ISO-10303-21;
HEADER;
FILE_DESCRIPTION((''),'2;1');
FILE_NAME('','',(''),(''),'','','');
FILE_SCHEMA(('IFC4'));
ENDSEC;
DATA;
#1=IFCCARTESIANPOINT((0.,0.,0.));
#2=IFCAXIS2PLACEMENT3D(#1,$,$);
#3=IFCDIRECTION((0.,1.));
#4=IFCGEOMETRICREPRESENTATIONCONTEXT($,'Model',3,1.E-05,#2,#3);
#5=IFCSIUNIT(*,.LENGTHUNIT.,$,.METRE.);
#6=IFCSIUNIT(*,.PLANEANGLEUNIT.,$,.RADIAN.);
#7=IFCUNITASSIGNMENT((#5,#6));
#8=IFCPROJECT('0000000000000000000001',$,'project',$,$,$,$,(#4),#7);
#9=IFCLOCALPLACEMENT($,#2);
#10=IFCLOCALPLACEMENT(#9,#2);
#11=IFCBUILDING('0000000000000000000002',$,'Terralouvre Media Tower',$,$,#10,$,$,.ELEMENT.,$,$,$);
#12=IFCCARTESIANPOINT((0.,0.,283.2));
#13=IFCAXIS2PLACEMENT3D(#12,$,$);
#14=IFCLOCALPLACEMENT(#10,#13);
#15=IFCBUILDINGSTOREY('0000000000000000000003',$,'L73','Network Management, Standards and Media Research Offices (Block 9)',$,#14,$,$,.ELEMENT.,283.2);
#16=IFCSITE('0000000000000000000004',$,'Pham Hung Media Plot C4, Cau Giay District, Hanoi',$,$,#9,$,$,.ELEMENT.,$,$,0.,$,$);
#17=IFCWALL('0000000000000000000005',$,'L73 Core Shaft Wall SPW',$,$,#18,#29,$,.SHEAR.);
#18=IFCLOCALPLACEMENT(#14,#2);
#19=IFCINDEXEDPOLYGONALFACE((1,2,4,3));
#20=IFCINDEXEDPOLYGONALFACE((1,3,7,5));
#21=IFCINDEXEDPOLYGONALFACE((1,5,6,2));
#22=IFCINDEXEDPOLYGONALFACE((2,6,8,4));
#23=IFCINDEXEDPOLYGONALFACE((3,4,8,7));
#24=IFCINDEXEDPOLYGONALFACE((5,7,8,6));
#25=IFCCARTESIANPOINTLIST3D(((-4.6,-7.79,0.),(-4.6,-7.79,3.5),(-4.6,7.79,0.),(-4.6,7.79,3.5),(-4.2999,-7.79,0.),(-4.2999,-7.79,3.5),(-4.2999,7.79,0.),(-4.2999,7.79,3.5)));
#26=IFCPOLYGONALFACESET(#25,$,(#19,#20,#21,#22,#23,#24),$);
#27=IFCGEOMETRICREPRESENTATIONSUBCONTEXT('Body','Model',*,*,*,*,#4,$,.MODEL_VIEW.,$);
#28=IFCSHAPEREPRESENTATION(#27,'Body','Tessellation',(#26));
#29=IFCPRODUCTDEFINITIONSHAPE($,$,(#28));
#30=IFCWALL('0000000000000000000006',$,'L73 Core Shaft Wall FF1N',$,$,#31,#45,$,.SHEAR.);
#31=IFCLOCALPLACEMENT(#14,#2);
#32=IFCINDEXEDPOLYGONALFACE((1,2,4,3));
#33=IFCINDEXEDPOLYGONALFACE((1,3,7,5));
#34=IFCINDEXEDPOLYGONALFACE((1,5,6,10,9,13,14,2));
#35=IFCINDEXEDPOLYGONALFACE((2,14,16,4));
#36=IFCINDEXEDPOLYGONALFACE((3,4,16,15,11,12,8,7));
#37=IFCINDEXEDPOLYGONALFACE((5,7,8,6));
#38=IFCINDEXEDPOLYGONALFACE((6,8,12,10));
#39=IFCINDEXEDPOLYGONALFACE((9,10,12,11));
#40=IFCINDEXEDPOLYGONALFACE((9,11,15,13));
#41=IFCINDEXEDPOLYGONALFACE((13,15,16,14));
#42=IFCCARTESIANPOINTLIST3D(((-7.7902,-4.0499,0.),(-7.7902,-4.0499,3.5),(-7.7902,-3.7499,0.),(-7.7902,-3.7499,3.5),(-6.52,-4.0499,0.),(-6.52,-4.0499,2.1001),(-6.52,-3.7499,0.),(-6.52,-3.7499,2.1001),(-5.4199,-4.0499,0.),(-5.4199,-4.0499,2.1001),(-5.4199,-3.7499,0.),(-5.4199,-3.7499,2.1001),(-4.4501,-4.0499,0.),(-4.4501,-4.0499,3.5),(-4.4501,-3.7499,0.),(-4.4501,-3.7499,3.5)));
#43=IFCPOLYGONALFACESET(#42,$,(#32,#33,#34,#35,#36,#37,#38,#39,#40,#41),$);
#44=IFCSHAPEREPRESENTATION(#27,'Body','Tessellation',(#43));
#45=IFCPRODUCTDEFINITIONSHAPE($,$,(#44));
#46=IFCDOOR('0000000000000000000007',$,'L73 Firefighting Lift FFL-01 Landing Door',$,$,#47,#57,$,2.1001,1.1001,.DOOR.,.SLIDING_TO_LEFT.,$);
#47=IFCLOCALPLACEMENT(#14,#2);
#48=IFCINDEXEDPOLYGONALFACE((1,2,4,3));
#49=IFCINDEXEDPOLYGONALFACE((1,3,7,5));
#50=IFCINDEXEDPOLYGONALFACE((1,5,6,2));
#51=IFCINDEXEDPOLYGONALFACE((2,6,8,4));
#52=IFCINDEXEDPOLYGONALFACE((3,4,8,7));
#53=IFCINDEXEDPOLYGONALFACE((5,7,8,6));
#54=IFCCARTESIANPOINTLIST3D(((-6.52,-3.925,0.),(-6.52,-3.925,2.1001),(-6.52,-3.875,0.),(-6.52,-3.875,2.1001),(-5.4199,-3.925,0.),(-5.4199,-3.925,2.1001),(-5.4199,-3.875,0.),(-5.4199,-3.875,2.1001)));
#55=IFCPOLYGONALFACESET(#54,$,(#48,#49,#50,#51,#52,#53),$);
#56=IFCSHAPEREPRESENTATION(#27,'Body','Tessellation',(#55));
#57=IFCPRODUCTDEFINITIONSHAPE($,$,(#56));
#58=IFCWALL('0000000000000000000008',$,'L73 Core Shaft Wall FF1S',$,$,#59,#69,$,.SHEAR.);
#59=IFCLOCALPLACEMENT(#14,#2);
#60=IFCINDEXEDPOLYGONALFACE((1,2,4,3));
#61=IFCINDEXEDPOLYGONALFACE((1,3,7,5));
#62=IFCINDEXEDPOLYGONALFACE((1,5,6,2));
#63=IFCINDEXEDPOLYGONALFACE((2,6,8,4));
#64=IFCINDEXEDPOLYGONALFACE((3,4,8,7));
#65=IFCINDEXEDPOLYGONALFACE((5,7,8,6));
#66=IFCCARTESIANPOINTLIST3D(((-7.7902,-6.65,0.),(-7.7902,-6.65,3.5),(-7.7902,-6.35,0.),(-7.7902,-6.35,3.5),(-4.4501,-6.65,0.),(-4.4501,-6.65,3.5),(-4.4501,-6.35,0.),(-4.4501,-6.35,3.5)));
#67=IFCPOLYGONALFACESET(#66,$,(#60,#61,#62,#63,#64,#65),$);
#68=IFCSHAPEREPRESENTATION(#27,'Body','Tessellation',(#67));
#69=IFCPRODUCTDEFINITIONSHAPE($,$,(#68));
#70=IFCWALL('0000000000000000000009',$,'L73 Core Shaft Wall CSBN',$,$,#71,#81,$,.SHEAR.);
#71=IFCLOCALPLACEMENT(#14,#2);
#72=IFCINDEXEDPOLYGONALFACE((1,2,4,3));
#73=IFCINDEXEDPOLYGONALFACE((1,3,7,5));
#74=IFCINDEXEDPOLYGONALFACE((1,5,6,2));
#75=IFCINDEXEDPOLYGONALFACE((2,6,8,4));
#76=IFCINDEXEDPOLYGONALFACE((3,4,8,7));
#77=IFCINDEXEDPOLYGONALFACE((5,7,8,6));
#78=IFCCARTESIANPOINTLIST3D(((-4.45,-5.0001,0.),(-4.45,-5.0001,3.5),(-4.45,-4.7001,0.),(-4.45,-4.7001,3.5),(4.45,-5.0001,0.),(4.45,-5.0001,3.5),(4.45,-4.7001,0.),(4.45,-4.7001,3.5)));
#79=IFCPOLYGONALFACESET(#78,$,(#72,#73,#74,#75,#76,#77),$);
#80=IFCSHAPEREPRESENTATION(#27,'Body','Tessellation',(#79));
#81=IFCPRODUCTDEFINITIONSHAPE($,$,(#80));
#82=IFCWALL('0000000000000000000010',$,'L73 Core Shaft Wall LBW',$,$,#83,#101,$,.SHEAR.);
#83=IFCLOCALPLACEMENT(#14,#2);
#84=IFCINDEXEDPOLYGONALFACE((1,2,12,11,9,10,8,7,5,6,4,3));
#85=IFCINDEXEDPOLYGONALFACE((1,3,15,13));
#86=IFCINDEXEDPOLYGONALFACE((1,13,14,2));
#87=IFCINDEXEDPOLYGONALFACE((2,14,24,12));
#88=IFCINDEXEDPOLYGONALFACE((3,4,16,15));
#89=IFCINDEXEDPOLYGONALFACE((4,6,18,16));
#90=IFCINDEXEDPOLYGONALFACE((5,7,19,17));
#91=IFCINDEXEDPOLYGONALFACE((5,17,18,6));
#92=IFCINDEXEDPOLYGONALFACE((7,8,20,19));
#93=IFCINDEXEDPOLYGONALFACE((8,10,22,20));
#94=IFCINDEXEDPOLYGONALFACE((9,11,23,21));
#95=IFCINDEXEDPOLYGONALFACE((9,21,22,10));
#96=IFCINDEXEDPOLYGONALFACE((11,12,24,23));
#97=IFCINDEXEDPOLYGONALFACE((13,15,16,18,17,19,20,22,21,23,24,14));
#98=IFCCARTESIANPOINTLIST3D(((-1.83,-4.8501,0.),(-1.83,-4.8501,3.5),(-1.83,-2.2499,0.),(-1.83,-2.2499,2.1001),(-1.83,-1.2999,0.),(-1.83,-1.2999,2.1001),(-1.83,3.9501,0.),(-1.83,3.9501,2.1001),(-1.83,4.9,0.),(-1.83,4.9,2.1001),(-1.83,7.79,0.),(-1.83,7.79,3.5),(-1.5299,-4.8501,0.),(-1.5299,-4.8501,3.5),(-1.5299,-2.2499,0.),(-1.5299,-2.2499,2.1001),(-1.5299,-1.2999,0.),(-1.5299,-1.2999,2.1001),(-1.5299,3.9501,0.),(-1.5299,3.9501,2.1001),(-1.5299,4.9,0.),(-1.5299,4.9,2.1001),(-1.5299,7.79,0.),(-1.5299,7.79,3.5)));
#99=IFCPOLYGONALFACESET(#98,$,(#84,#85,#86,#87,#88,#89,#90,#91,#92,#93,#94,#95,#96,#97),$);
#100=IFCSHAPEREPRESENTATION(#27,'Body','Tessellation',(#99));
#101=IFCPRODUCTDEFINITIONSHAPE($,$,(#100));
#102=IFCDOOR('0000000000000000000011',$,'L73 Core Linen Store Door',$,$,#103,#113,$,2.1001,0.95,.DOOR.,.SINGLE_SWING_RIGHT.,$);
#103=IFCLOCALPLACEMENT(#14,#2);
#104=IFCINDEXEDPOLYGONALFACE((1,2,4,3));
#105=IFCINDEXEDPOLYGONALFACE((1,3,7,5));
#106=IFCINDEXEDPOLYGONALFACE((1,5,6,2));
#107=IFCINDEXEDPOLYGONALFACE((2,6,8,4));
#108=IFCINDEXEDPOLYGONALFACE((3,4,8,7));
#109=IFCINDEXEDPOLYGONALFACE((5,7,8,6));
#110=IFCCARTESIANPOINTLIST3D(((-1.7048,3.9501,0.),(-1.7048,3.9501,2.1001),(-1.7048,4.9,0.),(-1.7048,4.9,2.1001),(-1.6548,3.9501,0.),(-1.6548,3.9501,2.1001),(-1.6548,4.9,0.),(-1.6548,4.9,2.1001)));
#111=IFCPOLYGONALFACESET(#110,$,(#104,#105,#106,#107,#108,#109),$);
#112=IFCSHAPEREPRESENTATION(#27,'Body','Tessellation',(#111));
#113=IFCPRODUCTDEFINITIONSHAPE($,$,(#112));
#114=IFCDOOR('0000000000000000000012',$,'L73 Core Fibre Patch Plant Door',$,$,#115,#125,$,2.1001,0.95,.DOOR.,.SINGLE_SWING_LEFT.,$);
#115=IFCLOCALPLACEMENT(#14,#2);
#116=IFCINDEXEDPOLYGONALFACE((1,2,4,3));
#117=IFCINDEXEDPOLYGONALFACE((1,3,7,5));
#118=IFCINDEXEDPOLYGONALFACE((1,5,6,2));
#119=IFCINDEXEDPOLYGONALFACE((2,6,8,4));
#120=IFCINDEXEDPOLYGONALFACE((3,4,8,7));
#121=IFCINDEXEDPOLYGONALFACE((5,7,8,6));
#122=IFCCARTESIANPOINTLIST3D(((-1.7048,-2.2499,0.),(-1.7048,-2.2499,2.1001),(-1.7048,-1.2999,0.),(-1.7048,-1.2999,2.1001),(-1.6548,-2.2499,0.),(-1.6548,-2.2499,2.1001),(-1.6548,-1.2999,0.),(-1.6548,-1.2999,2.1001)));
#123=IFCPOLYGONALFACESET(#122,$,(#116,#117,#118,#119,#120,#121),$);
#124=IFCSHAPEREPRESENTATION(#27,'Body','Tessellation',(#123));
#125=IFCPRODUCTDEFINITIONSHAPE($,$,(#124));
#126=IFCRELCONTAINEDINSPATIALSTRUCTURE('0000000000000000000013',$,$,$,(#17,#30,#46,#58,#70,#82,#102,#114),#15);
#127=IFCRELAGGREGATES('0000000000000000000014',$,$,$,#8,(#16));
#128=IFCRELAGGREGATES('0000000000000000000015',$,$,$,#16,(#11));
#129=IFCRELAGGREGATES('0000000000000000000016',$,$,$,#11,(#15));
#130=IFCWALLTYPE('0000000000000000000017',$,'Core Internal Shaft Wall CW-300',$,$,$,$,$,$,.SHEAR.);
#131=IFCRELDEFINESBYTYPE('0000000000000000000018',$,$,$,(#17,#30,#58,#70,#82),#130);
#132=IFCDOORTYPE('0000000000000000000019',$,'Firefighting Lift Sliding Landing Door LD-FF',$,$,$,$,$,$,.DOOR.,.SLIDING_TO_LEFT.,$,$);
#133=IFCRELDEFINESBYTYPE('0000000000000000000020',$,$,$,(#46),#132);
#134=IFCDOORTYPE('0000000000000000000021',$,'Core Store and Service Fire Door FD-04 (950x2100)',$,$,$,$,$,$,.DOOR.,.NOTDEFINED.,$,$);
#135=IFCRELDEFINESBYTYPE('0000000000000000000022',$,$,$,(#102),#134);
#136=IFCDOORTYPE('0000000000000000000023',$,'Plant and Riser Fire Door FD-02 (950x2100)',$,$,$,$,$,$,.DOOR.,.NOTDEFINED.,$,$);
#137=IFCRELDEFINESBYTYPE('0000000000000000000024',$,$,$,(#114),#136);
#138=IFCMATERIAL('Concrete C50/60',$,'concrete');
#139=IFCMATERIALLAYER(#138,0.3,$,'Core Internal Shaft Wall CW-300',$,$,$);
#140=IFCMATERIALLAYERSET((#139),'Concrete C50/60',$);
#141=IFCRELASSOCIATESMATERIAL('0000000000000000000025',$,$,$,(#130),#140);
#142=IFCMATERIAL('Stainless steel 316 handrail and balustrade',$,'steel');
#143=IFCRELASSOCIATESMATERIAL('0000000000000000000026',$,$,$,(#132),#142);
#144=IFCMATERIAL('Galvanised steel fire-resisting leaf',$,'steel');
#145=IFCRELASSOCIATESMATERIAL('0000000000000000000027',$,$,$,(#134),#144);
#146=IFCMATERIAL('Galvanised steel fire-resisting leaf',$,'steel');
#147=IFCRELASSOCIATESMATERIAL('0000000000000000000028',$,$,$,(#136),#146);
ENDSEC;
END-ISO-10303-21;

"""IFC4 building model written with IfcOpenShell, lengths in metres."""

from ifc_helpers import new_model, si_unit, direction, frame, frame_2d, origin, place, context, subcontext, project, spatial, rectangle, extrude, material, layer, layer_set, type_object, element, fill, save


model = new_model("IFC4")

# Units and contexts
model_context = context("Model", 3, precision=1e-05, world=origin(), true_north=direction((0.0, 1.0)))
body_context = subcontext(model_context, "Body", "Model", "MODEL_VIEW")
ifc_project = project(units=[si_unit("LENGTHUNIT", "METRE"), si_unit("PLANEANGLEUNIT", "RADIAN")], contexts=[model_context])

# Site, building, storey
site_placement = place(None, origin())
site = spatial("IfcSite", under=ifc_project, at=site_placement, Name="Pham Hung Media Plot C4, Cau Giay District, Hanoi", CompositionType="ELEMENT", RefElevation=0.0)
building_placement = place(site_placement, origin())
building = spatial("IfcBuilding", under=site, at=building_placement, Name="Terralouvre Media Tower", CompositionType="ELEMENT")
storey_placement = place(building_placement, frame((0.0, 0.0, 283.2)))
storey = spatial("IfcBuildingStorey", under=building, at=storey_placement, Name="L73", Description="Network Management, Standards and Media Research Offices (Block 9)", CompositionType="ELEMENT", Elevation=283.2)

# Wall
ifc_material_1 = material(Name="Concrete C50/60", Category="concrete")
ifc_layer_1 = layer(ifc_material_1, 0.3, Name="Core Internal Shaft Wall CW-300")
ifc_layer_set_1 = layer_set([ifc_layer_1], Name="Concrete C50/60")
wall_type_1 = type_object("IfcWallType", Name="Core Internal Shaft Wall CW-300", PredefinedType="SHEAR", material=ifc_layer_set_1)
wall_1_placement = place(storey_placement, frame((-4.45, -7.79, 0.0), z_axis=(0.0, 0.0, 1.0), x_axis=(0.0, 1.0, 0.0)))
element("IfcWall", 1, at=wall_1_placement, inside=storey, type_object=wall_type_1, Name="L73 Core Shaft Wall SPW", PredefinedType="SHEAR", context=body_context, shape_type="SweptSolid", body=[
    extrude(rectangle(XDim=15.5801, YDim=0.3, at=frame_2d((7.79, 0.0))), origin(), (0.0, 0.0, 1.0), 3.5),
])

# Wall, opening, door
wall_2_placement = place(storey_placement, frame((-7.79, -3.8999, 0.0), z_axis=(0.0, 0.0, 1.0), x_axis=(1.0, 0.0, 0.0)))
wall_2 = element("IfcWall", 2, at=wall_2_placement, inside=storey, type_object=wall_type_1, Name="L73 Core Shaft Wall FF1N", PredefinedType="SHEAR", context=body_context, shape_type="SweptSolid", body=[
    extrude(rectangle(XDim=3.3401, YDim=0.3, at=frame_2d((1.6699, 0.0))), origin(), (0.0, 0.0, 1.0), 3.5),
])
opening_1_placement = place(wall_2_placement, frame((1.27, 0.0, 0.0)))
opening_1 = element("IfcOpeningElement", 3, at=opening_1_placement, cuts=wall_2, PredefinedType="OPENING", context=body_context, shape_type="SweptSolid", body=[
    extrude(rectangle(XDim=1.1001, YDim=2.1001, at=frame_2d((0.55, 1.05))), frame((0.0, 0.1599, 0.0), z_axis=(0.0, -1.0, 0.0), x_axis=(1.0, 0.0, 0.0)), (0.0, 0.0, 1.0), 0.3201),
])
ifc_material_2 = material(Name="Stainless steel 316 handrail and balustrade", Category="steel")
door_type_1 = type_object("IfcDoorType", Name="Firefighting Lift Sliding Landing Door LD-FF", OperationType="SLIDING_TO_LEFT", PredefinedType="DOOR", material=ifc_material_2)
door_1_placement = place(opening_1_placement, origin())
door_1 = element("IfcDoor", 4, at=door_1_placement, inside=storey, type_object=door_type_1, Name="L73 Firefighting Lift FFL-01 Landing Door", OperationType="SLIDING_TO_LEFT", OverallHeight=2.1001, OverallWidth=1.1001, PredefinedType="DOOR", context=body_context, shape_type="SweptSolid", body=[
    extrude(rectangle(XDim=1.1001, YDim=2.1001, at=frame_2d((0.55, 1.05))), frame((0.0, 0.0249, 0.0), z_axis=(0.0, -1.0, 0.0), x_axis=(1.0, 0.0, 0.0)), (0.0, 0.0, 1.0), 0.05),
])
fill(opening_1, door_1)

# Walls
wall_3_placement = place(storey_placement, frame((-7.79, -6.5, 0.0), z_axis=(0.0, 0.0, 1.0), x_axis=(1.0, 0.0, 0.0)))
element("IfcWall", 5, at=wall_3_placement, inside=storey, type_object=wall_type_1, Name="L73 Core Shaft Wall FF1S", PredefinedType="SHEAR", context=body_context, shape_type="SweptSolid", body=[
    extrude(rectangle(XDim=3.3401, YDim=0.3, at=frame_2d((1.6699, 0.0))), origin(), (0.0, 0.0, 1.0), 3.5),
])
wall_4_placement = place(storey_placement, frame((-4.45, -4.8501, 0.0), z_axis=(0.0, 0.0, 1.0), x_axis=(1.0, 0.0, 0.0)))
element("IfcWall", 6, at=wall_4_placement, inside=storey, type_object=wall_type_1, Name="L73 Core Shaft Wall CSBN", PredefinedType="SHEAR", context=body_context, shape_type="SweptSolid", body=[
    extrude(rectangle(XDim=8.8999, YDim=0.3, at=frame_2d((4.45, 0.0))), origin(), (0.0, 0.0, 1.0), 3.5),
])

# Wall, openings, doors
wall_5_placement = place(storey_placement, frame((-1.6799, -4.8501, 0.0), z_axis=(0.0, 0.0, 1.0), x_axis=(0.0, 1.0, 0.0)))
wall_5 = element("IfcWall", 7, at=wall_5_placement, inside=storey, type_object=wall_type_1, Name="L73 Core Shaft Wall LBW", PredefinedType="SHEAR", context=body_context, shape_type="SweptSolid", body=[
    extrude(rectangle(XDim=12.6401, YDim=0.3, at=frame_2d((6.3201, 0.0))), origin(), (0.0, 0.0, 1.0), 3.5),
])
opening_2_placement = place(wall_5_placement, frame((2.6001, 0.0, 0.0)))
opening_2 = element("IfcOpeningElement", 8, at=opening_2_placement, cuts=wall_5, PredefinedType="OPENING", context=body_context, shape_type="SweptSolid", body=[
    extrude(rectangle(XDim=0.95, YDim=2.1001, at=frame_2d((0.4751, 1.05))), frame((0.0, 0.1599, 0.0), z_axis=(0.0, -1.0, 0.0), x_axis=(1.0, 0.0, 0.0)), (0.0, 0.0, 1.0), 0.3201),
])
opening_3_placement = place(wall_5_placement, frame((8.8, 0.0, 0.0)))
opening_3 = element("IfcOpeningElement", 9, at=opening_3_placement, cuts=wall_5, PredefinedType="OPENING", context=body_context, shape_type="SweptSolid", body=[
    extrude(rectangle(XDim=0.95, YDim=2.1001, at=frame_2d((0.4751, 1.05))), frame((0.0, 0.1599, 0.0), z_axis=(0.0, -1.0, 0.0), x_axis=(1.0, 0.0, 0.0)), (0.0, 0.0, 1.0), 0.3201),
])
ifc_material_3 = material(Name="Galvanised steel fire-resisting leaf", Category="steel")
door_type_2 = type_object("IfcDoorType", Name="Core Store and Service Fire Door FD-04 (950x2100)", OperationType="NOTDEFINED", PredefinedType="DOOR", material=ifc_material_3)
door_2_placement = place(opening_3_placement, origin())
door_2 = element("IfcDoor", 10, at=door_2_placement, inside=storey, type_object=door_type_2, Name="L73 Core Linen Store Door", OperationType="SINGLE_SWING_RIGHT", OverallHeight=2.1001, OverallWidth=0.95, PredefinedType="DOOR", context=body_context, shape_type="SweptSolid", body=[
    extrude(rectangle(XDim=0.95, YDim=2.1001, at=frame_2d((0.4751, 1.05))), frame((0.0, 0.0249, 0.0), z_axis=(0.0, -1.0, 0.0), x_axis=(1.0, 0.0, 0.0)), (0.0, 0.0, 1.0), 0.05),
])
fill(opening_3, door_2)
ifc_material_4 = material(Name="Galvanised steel fire-resisting leaf", Category="steel")
door_type_3 = type_object("IfcDoorType", Name="Plant and Riser Fire Door FD-02 (950x2100)", OperationType="NOTDEFINED", PredefinedType="DOOR", material=ifc_material_4)
door_3_placement = place(opening_2_placement, origin())
door_3 = element("IfcDoor", 11, at=door_3_placement, inside=storey, type_object=door_type_3, Name="L73 Core Fibre Patch Plant Door", OperationType="SINGLE_SWING_LEFT", OverallHeight=2.1001, OverallWidth=0.95, PredefinedType="DOOR", context=body_context, shape_type="SweptSolid", body=[
    extrude(rectangle(XDim=0.95, YDim=2.1001, at=frame_2d((0.4751, 1.05))), frame((0.0, 0.0249, 0.0), z_axis=(0.0, -1.0, 0.0), x_axis=(1.0, 0.0, 0.0)), (0.0, 0.0, 1.0), 0.05),
])
fill(opening_2, door_3)

save(model, "model.ifc")
